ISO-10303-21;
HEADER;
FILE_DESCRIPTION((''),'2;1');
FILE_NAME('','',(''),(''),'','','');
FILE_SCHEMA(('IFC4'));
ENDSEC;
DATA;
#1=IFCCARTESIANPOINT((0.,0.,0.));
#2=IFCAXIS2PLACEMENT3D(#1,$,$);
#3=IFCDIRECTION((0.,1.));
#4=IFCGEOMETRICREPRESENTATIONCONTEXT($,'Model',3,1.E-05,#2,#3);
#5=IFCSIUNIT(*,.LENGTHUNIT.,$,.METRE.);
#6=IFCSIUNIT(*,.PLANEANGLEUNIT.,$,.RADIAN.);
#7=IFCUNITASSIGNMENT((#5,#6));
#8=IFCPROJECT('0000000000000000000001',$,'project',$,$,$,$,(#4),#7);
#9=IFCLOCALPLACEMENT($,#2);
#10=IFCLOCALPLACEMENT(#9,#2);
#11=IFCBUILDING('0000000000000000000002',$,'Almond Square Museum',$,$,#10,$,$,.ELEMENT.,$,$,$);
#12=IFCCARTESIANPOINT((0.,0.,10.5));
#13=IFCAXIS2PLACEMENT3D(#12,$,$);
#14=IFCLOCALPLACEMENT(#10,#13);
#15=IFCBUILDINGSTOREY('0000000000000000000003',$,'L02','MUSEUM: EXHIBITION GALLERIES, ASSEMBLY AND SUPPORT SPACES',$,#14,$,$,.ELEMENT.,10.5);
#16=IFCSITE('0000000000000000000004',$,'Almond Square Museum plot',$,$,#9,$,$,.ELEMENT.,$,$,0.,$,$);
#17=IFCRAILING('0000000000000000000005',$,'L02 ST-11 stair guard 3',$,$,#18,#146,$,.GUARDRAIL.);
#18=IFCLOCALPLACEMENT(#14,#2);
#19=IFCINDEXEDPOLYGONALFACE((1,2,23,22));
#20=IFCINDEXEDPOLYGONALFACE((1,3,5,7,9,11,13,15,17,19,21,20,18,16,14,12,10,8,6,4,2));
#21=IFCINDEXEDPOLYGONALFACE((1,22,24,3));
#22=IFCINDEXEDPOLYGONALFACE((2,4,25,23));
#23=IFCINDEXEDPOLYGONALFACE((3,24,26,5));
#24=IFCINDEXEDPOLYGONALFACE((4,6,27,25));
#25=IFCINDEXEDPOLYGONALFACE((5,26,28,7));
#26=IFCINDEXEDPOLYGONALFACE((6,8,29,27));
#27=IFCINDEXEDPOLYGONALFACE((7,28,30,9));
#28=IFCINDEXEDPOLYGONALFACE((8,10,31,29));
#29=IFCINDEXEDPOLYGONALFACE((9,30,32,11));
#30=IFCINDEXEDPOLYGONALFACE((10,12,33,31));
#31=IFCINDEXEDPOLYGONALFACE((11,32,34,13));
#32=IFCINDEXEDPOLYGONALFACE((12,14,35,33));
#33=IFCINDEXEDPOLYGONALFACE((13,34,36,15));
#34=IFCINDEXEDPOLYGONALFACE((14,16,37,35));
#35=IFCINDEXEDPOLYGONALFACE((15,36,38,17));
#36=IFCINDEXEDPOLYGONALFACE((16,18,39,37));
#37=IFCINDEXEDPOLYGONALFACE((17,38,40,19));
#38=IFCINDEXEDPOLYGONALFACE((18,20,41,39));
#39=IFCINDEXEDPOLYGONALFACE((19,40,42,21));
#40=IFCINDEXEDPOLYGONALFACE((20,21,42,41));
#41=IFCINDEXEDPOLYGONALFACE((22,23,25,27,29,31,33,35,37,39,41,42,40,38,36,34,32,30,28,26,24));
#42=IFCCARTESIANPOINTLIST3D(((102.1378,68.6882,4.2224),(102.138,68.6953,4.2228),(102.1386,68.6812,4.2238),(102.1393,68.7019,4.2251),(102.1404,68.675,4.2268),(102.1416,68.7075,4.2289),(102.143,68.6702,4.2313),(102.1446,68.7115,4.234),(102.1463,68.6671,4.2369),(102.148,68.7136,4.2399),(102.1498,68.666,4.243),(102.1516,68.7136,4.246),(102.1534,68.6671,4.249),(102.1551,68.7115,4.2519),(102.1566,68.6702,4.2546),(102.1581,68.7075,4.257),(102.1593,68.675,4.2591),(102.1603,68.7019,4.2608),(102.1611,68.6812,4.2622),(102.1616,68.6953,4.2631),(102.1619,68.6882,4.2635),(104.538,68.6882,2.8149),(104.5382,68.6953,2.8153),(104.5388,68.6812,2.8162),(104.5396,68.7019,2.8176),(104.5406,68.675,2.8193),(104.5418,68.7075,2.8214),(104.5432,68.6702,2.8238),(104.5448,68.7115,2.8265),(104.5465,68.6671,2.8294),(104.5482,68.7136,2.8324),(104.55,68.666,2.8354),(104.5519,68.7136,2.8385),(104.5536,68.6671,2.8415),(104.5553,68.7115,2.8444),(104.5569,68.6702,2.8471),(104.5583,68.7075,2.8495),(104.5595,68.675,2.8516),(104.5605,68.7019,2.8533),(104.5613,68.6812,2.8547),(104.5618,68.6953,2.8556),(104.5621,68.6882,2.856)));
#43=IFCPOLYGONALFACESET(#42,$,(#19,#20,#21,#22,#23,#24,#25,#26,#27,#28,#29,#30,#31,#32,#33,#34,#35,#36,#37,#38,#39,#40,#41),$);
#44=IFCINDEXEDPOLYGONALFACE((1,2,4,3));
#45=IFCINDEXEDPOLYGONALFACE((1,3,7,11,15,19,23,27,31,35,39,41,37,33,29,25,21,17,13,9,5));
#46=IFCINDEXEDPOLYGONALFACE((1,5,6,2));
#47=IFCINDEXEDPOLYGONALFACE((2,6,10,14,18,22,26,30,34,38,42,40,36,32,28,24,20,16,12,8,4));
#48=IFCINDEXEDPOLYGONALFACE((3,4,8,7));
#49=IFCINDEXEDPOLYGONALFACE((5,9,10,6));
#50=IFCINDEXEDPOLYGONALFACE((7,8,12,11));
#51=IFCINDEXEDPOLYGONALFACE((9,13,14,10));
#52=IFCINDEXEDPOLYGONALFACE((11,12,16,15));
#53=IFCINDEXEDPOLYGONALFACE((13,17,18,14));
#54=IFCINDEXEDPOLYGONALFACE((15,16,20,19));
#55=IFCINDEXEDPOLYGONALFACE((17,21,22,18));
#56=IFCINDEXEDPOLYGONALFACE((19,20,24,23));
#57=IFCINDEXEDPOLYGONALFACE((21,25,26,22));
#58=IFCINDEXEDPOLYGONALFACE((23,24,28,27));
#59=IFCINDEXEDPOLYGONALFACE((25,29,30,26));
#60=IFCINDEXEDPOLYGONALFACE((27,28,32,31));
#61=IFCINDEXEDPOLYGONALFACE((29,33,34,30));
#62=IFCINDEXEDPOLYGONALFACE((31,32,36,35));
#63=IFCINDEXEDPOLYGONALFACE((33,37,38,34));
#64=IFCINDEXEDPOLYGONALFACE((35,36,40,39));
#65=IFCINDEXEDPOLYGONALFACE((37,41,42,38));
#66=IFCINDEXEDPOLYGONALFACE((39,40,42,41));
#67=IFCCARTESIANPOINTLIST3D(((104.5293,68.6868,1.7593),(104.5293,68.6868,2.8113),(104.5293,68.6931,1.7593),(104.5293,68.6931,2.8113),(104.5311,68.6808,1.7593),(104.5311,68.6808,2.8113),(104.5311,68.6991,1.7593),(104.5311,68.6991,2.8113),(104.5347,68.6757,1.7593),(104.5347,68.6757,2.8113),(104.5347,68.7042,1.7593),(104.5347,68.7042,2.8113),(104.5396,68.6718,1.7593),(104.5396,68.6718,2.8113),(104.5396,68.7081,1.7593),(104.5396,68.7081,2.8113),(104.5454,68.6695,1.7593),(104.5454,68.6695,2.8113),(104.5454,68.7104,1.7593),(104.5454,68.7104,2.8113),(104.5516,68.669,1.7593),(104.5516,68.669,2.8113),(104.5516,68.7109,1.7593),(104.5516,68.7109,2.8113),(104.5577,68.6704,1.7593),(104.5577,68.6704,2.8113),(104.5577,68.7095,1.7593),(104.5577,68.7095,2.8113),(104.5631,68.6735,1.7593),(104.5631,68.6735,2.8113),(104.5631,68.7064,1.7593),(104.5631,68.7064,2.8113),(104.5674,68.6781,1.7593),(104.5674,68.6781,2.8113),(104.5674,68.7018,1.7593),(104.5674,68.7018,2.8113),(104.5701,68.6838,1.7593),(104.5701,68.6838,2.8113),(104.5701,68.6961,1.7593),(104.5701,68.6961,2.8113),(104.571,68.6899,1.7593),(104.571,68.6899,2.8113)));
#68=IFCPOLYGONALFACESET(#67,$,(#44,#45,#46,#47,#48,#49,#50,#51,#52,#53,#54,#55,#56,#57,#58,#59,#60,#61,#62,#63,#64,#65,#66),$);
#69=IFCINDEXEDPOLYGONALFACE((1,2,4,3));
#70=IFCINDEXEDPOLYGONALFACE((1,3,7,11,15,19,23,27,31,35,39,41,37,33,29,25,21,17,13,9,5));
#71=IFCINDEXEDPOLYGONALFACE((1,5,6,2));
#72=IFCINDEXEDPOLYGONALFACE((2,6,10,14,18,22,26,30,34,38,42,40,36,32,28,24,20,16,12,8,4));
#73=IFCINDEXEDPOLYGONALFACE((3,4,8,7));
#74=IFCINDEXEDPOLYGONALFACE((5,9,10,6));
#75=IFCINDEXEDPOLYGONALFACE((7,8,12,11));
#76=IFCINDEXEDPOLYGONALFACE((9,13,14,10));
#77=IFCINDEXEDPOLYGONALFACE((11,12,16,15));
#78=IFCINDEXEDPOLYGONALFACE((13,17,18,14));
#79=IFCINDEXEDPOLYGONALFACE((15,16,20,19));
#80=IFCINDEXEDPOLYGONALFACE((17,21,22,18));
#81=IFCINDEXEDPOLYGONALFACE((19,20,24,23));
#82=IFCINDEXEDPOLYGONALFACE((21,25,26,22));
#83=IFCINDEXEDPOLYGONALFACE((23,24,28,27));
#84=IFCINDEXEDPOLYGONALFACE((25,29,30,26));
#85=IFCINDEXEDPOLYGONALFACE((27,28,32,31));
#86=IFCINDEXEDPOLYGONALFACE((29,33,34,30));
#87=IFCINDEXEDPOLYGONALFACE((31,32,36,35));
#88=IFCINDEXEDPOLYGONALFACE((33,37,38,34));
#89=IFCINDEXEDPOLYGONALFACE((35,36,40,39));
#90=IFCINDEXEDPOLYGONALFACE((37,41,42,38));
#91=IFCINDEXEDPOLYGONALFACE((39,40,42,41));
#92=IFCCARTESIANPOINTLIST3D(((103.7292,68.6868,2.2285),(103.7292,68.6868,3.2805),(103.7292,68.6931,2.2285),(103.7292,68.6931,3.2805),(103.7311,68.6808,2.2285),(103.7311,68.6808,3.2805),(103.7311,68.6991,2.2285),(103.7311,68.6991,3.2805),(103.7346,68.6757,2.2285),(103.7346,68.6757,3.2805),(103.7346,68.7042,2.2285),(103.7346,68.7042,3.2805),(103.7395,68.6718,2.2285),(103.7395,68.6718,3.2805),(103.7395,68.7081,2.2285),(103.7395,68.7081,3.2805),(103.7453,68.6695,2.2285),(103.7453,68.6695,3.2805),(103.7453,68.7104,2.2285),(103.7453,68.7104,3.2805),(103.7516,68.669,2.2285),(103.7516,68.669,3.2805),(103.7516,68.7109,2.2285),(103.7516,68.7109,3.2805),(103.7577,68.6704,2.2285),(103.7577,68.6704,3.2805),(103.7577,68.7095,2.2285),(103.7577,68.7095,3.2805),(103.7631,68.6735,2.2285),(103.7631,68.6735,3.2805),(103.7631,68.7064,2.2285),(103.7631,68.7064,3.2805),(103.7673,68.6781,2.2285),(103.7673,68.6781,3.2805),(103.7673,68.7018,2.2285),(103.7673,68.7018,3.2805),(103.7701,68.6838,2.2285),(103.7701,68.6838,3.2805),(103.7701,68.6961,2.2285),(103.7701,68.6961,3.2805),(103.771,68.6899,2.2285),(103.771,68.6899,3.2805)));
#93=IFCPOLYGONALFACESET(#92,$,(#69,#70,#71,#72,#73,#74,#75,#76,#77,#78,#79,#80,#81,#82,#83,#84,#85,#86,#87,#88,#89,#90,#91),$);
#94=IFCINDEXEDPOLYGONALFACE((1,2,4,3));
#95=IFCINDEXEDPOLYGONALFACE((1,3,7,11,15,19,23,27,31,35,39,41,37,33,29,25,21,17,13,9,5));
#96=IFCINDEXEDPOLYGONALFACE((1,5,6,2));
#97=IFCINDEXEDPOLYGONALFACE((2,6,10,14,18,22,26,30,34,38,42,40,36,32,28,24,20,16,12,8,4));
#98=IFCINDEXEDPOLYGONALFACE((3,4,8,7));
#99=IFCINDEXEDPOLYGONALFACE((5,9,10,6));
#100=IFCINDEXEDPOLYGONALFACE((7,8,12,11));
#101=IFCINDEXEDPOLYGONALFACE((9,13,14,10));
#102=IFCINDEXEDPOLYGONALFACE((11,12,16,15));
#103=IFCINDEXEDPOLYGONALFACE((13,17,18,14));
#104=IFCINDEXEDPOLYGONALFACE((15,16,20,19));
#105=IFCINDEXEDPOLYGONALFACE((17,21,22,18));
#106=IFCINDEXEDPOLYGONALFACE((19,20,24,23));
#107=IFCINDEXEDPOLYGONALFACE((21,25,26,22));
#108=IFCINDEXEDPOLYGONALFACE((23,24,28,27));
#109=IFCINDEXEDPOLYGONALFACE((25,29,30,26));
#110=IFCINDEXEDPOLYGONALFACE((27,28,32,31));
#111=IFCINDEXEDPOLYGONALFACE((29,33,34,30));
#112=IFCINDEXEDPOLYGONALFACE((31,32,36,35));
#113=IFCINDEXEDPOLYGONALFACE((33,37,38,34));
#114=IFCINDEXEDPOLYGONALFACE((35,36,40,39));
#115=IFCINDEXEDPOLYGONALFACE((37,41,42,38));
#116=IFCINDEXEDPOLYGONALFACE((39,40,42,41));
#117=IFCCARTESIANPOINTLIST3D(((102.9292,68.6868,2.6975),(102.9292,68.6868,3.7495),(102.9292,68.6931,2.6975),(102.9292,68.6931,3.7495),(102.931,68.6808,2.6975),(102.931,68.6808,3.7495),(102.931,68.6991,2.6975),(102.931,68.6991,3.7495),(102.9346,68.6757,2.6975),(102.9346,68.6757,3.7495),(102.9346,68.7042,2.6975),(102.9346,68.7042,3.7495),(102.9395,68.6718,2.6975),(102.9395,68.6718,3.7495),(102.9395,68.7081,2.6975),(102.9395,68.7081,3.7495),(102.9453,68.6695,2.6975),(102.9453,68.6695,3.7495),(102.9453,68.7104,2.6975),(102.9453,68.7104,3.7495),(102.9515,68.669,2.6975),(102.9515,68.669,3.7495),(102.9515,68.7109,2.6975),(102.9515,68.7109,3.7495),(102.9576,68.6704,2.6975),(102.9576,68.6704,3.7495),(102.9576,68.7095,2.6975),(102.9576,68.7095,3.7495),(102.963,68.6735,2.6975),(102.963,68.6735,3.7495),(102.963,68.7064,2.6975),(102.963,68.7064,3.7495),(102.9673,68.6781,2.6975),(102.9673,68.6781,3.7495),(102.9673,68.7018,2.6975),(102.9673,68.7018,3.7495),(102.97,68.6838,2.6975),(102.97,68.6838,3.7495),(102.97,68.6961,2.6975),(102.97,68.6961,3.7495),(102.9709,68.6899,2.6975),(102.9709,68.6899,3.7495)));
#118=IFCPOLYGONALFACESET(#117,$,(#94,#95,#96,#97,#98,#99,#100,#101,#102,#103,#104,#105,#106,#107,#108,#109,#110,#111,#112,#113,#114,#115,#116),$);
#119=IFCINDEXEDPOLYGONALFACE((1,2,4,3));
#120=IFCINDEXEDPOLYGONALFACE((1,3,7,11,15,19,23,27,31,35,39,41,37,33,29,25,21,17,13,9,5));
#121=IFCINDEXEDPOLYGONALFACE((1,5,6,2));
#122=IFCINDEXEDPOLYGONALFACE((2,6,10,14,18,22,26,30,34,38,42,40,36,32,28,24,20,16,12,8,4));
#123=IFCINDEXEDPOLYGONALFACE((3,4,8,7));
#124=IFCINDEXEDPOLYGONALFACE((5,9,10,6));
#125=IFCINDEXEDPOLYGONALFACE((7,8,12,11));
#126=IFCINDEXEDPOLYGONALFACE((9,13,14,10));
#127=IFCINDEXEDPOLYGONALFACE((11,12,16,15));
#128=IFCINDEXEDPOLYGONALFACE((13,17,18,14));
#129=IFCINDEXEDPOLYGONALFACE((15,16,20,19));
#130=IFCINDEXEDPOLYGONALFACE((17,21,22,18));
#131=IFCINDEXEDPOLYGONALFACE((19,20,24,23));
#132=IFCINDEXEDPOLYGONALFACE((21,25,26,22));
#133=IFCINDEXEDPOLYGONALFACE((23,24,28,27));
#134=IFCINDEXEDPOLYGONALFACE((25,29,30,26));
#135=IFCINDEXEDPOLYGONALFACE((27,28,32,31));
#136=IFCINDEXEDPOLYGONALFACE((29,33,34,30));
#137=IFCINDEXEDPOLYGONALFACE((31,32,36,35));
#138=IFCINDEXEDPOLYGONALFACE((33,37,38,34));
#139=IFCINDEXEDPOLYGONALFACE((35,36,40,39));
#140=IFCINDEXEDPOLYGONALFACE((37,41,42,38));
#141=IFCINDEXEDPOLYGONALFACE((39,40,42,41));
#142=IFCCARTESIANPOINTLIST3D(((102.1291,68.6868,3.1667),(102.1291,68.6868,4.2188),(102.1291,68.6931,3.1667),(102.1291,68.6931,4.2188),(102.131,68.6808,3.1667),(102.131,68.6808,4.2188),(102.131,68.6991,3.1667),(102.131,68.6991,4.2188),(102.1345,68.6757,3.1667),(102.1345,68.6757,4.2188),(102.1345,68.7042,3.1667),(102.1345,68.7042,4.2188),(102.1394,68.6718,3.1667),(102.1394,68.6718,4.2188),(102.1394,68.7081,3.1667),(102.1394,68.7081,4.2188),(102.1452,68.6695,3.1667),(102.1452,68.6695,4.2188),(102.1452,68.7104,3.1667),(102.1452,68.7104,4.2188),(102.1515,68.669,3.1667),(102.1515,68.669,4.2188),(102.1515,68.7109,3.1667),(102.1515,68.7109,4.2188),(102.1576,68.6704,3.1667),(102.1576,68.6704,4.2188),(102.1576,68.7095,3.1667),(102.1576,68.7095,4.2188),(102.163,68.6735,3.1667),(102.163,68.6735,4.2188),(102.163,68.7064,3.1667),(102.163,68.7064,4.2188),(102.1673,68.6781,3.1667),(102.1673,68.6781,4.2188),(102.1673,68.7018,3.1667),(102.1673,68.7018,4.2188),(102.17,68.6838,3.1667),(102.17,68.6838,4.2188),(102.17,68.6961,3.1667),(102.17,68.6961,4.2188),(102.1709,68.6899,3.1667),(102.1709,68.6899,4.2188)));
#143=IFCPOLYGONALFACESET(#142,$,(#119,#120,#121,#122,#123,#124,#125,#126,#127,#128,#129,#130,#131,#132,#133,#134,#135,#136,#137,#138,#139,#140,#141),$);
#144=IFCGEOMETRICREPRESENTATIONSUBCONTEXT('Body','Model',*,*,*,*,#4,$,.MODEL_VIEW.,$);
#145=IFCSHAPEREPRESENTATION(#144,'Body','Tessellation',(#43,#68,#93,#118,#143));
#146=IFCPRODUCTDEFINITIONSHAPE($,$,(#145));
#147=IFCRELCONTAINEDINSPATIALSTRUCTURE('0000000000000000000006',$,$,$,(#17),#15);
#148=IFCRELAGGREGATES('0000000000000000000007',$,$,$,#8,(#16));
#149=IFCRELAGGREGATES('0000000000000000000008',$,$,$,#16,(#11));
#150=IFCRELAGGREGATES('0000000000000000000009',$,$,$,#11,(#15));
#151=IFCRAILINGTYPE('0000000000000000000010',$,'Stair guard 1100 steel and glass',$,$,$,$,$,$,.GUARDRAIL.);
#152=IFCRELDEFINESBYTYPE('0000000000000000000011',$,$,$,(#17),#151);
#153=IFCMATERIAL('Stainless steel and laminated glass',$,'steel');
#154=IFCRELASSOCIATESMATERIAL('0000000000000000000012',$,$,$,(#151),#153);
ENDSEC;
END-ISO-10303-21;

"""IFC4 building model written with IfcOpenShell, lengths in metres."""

from ifc_helpers import new_model, si_unit, direction, frame, origin, origin_2d, place, context, subcontext, project, spatial, circle, extrude, material, type_object, element, save


model = new_model("IFC4")

# Units and contexts
model_context = context("Model", 3, precision=1e-05, world=origin(), true_north=direction((0.0, 1.0)))
body_context = subcontext(model_context, "Body", "Model", "MODEL_VIEW")
ifc_project = project(units=[si_unit("LENGTHUNIT", "METRE"), si_unit("PLANEANGLEUNIT", "RADIAN")], contexts=[model_context])

# Site, building, storey
site_placement = place(None, origin())
site = spatial("IfcSite", under=ifc_project, at=site_placement, Name="Almond Square Museum plot", CompositionType="ELEMENT", RefElevation=0.0)
building_placement = place(site_placement, origin())
building = spatial("IfcBuilding", under=site, at=building_placement, Name="Almond Square Museum", CompositionType="ELEMENT")
storey_placement = place(building_placement, frame((0.0, 0.0, 10.5)))
storey = spatial("IfcBuildingStorey", under=building, at=storey_placement, Name="L02", Description="MUSEUM: EXHIBITION GALLERIES, ASSEMBLY AND SUPPORT SPACES", CompositionType="ELEMENT", Elevation=10.5)

# Railing
ifc_material_1 = material(Name="Stainless steel and laminated glass", Category="steel")
railing_type_1 = type_object("IfcRailingType", Name="Stair guard 1100 steel and glass", PredefinedType="GUARDRAIL", material=ifc_material_1)
railing_1_placement = place(storey_placement, frame((104.55, 68.6899, 1.7593)))
element("IfcRailing", 1, at=railing_1_placement, inside=storey, type_object=railing_type_1, Name="L02 ST-11 stair guard 3", PredefinedType="GUARDRAIL", context=body_context, shape_type="SweptSolid", body=[
    extrude(circle(Radius=0.0239, at=origin_2d()), frame((0.0, 0.0, 1.0762), z_axis=(-0.862621, 0.0, 0.50585), x_axis=(0.0, -1.0, 0.0)), (0.0, 0.0, 1.0), 2.7825),
    extrude(circle(Radius=0.021, at=origin_2d()), origin(), (0.0, 0.0, 1.0), 1.052),
    extrude(circle(Radius=0.021, at=origin_2d()), frame((-0.8, 0.0, 0.4692)), (0.0, 0.0, 1.0), 1.052),
    extrude(circle(Radius=0.021, at=origin_2d()), frame((-1.6001, 0.0, 0.9382)), (0.0, 0.0, 1.0), 1.052),
    extrude(circle(Radius=0.021, at=origin_2d()), frame((-2.4001, 0.0, 1.4075)), (0.0, 0.0, 1.0), 1.052),
])

save(model, "model.ifc")
